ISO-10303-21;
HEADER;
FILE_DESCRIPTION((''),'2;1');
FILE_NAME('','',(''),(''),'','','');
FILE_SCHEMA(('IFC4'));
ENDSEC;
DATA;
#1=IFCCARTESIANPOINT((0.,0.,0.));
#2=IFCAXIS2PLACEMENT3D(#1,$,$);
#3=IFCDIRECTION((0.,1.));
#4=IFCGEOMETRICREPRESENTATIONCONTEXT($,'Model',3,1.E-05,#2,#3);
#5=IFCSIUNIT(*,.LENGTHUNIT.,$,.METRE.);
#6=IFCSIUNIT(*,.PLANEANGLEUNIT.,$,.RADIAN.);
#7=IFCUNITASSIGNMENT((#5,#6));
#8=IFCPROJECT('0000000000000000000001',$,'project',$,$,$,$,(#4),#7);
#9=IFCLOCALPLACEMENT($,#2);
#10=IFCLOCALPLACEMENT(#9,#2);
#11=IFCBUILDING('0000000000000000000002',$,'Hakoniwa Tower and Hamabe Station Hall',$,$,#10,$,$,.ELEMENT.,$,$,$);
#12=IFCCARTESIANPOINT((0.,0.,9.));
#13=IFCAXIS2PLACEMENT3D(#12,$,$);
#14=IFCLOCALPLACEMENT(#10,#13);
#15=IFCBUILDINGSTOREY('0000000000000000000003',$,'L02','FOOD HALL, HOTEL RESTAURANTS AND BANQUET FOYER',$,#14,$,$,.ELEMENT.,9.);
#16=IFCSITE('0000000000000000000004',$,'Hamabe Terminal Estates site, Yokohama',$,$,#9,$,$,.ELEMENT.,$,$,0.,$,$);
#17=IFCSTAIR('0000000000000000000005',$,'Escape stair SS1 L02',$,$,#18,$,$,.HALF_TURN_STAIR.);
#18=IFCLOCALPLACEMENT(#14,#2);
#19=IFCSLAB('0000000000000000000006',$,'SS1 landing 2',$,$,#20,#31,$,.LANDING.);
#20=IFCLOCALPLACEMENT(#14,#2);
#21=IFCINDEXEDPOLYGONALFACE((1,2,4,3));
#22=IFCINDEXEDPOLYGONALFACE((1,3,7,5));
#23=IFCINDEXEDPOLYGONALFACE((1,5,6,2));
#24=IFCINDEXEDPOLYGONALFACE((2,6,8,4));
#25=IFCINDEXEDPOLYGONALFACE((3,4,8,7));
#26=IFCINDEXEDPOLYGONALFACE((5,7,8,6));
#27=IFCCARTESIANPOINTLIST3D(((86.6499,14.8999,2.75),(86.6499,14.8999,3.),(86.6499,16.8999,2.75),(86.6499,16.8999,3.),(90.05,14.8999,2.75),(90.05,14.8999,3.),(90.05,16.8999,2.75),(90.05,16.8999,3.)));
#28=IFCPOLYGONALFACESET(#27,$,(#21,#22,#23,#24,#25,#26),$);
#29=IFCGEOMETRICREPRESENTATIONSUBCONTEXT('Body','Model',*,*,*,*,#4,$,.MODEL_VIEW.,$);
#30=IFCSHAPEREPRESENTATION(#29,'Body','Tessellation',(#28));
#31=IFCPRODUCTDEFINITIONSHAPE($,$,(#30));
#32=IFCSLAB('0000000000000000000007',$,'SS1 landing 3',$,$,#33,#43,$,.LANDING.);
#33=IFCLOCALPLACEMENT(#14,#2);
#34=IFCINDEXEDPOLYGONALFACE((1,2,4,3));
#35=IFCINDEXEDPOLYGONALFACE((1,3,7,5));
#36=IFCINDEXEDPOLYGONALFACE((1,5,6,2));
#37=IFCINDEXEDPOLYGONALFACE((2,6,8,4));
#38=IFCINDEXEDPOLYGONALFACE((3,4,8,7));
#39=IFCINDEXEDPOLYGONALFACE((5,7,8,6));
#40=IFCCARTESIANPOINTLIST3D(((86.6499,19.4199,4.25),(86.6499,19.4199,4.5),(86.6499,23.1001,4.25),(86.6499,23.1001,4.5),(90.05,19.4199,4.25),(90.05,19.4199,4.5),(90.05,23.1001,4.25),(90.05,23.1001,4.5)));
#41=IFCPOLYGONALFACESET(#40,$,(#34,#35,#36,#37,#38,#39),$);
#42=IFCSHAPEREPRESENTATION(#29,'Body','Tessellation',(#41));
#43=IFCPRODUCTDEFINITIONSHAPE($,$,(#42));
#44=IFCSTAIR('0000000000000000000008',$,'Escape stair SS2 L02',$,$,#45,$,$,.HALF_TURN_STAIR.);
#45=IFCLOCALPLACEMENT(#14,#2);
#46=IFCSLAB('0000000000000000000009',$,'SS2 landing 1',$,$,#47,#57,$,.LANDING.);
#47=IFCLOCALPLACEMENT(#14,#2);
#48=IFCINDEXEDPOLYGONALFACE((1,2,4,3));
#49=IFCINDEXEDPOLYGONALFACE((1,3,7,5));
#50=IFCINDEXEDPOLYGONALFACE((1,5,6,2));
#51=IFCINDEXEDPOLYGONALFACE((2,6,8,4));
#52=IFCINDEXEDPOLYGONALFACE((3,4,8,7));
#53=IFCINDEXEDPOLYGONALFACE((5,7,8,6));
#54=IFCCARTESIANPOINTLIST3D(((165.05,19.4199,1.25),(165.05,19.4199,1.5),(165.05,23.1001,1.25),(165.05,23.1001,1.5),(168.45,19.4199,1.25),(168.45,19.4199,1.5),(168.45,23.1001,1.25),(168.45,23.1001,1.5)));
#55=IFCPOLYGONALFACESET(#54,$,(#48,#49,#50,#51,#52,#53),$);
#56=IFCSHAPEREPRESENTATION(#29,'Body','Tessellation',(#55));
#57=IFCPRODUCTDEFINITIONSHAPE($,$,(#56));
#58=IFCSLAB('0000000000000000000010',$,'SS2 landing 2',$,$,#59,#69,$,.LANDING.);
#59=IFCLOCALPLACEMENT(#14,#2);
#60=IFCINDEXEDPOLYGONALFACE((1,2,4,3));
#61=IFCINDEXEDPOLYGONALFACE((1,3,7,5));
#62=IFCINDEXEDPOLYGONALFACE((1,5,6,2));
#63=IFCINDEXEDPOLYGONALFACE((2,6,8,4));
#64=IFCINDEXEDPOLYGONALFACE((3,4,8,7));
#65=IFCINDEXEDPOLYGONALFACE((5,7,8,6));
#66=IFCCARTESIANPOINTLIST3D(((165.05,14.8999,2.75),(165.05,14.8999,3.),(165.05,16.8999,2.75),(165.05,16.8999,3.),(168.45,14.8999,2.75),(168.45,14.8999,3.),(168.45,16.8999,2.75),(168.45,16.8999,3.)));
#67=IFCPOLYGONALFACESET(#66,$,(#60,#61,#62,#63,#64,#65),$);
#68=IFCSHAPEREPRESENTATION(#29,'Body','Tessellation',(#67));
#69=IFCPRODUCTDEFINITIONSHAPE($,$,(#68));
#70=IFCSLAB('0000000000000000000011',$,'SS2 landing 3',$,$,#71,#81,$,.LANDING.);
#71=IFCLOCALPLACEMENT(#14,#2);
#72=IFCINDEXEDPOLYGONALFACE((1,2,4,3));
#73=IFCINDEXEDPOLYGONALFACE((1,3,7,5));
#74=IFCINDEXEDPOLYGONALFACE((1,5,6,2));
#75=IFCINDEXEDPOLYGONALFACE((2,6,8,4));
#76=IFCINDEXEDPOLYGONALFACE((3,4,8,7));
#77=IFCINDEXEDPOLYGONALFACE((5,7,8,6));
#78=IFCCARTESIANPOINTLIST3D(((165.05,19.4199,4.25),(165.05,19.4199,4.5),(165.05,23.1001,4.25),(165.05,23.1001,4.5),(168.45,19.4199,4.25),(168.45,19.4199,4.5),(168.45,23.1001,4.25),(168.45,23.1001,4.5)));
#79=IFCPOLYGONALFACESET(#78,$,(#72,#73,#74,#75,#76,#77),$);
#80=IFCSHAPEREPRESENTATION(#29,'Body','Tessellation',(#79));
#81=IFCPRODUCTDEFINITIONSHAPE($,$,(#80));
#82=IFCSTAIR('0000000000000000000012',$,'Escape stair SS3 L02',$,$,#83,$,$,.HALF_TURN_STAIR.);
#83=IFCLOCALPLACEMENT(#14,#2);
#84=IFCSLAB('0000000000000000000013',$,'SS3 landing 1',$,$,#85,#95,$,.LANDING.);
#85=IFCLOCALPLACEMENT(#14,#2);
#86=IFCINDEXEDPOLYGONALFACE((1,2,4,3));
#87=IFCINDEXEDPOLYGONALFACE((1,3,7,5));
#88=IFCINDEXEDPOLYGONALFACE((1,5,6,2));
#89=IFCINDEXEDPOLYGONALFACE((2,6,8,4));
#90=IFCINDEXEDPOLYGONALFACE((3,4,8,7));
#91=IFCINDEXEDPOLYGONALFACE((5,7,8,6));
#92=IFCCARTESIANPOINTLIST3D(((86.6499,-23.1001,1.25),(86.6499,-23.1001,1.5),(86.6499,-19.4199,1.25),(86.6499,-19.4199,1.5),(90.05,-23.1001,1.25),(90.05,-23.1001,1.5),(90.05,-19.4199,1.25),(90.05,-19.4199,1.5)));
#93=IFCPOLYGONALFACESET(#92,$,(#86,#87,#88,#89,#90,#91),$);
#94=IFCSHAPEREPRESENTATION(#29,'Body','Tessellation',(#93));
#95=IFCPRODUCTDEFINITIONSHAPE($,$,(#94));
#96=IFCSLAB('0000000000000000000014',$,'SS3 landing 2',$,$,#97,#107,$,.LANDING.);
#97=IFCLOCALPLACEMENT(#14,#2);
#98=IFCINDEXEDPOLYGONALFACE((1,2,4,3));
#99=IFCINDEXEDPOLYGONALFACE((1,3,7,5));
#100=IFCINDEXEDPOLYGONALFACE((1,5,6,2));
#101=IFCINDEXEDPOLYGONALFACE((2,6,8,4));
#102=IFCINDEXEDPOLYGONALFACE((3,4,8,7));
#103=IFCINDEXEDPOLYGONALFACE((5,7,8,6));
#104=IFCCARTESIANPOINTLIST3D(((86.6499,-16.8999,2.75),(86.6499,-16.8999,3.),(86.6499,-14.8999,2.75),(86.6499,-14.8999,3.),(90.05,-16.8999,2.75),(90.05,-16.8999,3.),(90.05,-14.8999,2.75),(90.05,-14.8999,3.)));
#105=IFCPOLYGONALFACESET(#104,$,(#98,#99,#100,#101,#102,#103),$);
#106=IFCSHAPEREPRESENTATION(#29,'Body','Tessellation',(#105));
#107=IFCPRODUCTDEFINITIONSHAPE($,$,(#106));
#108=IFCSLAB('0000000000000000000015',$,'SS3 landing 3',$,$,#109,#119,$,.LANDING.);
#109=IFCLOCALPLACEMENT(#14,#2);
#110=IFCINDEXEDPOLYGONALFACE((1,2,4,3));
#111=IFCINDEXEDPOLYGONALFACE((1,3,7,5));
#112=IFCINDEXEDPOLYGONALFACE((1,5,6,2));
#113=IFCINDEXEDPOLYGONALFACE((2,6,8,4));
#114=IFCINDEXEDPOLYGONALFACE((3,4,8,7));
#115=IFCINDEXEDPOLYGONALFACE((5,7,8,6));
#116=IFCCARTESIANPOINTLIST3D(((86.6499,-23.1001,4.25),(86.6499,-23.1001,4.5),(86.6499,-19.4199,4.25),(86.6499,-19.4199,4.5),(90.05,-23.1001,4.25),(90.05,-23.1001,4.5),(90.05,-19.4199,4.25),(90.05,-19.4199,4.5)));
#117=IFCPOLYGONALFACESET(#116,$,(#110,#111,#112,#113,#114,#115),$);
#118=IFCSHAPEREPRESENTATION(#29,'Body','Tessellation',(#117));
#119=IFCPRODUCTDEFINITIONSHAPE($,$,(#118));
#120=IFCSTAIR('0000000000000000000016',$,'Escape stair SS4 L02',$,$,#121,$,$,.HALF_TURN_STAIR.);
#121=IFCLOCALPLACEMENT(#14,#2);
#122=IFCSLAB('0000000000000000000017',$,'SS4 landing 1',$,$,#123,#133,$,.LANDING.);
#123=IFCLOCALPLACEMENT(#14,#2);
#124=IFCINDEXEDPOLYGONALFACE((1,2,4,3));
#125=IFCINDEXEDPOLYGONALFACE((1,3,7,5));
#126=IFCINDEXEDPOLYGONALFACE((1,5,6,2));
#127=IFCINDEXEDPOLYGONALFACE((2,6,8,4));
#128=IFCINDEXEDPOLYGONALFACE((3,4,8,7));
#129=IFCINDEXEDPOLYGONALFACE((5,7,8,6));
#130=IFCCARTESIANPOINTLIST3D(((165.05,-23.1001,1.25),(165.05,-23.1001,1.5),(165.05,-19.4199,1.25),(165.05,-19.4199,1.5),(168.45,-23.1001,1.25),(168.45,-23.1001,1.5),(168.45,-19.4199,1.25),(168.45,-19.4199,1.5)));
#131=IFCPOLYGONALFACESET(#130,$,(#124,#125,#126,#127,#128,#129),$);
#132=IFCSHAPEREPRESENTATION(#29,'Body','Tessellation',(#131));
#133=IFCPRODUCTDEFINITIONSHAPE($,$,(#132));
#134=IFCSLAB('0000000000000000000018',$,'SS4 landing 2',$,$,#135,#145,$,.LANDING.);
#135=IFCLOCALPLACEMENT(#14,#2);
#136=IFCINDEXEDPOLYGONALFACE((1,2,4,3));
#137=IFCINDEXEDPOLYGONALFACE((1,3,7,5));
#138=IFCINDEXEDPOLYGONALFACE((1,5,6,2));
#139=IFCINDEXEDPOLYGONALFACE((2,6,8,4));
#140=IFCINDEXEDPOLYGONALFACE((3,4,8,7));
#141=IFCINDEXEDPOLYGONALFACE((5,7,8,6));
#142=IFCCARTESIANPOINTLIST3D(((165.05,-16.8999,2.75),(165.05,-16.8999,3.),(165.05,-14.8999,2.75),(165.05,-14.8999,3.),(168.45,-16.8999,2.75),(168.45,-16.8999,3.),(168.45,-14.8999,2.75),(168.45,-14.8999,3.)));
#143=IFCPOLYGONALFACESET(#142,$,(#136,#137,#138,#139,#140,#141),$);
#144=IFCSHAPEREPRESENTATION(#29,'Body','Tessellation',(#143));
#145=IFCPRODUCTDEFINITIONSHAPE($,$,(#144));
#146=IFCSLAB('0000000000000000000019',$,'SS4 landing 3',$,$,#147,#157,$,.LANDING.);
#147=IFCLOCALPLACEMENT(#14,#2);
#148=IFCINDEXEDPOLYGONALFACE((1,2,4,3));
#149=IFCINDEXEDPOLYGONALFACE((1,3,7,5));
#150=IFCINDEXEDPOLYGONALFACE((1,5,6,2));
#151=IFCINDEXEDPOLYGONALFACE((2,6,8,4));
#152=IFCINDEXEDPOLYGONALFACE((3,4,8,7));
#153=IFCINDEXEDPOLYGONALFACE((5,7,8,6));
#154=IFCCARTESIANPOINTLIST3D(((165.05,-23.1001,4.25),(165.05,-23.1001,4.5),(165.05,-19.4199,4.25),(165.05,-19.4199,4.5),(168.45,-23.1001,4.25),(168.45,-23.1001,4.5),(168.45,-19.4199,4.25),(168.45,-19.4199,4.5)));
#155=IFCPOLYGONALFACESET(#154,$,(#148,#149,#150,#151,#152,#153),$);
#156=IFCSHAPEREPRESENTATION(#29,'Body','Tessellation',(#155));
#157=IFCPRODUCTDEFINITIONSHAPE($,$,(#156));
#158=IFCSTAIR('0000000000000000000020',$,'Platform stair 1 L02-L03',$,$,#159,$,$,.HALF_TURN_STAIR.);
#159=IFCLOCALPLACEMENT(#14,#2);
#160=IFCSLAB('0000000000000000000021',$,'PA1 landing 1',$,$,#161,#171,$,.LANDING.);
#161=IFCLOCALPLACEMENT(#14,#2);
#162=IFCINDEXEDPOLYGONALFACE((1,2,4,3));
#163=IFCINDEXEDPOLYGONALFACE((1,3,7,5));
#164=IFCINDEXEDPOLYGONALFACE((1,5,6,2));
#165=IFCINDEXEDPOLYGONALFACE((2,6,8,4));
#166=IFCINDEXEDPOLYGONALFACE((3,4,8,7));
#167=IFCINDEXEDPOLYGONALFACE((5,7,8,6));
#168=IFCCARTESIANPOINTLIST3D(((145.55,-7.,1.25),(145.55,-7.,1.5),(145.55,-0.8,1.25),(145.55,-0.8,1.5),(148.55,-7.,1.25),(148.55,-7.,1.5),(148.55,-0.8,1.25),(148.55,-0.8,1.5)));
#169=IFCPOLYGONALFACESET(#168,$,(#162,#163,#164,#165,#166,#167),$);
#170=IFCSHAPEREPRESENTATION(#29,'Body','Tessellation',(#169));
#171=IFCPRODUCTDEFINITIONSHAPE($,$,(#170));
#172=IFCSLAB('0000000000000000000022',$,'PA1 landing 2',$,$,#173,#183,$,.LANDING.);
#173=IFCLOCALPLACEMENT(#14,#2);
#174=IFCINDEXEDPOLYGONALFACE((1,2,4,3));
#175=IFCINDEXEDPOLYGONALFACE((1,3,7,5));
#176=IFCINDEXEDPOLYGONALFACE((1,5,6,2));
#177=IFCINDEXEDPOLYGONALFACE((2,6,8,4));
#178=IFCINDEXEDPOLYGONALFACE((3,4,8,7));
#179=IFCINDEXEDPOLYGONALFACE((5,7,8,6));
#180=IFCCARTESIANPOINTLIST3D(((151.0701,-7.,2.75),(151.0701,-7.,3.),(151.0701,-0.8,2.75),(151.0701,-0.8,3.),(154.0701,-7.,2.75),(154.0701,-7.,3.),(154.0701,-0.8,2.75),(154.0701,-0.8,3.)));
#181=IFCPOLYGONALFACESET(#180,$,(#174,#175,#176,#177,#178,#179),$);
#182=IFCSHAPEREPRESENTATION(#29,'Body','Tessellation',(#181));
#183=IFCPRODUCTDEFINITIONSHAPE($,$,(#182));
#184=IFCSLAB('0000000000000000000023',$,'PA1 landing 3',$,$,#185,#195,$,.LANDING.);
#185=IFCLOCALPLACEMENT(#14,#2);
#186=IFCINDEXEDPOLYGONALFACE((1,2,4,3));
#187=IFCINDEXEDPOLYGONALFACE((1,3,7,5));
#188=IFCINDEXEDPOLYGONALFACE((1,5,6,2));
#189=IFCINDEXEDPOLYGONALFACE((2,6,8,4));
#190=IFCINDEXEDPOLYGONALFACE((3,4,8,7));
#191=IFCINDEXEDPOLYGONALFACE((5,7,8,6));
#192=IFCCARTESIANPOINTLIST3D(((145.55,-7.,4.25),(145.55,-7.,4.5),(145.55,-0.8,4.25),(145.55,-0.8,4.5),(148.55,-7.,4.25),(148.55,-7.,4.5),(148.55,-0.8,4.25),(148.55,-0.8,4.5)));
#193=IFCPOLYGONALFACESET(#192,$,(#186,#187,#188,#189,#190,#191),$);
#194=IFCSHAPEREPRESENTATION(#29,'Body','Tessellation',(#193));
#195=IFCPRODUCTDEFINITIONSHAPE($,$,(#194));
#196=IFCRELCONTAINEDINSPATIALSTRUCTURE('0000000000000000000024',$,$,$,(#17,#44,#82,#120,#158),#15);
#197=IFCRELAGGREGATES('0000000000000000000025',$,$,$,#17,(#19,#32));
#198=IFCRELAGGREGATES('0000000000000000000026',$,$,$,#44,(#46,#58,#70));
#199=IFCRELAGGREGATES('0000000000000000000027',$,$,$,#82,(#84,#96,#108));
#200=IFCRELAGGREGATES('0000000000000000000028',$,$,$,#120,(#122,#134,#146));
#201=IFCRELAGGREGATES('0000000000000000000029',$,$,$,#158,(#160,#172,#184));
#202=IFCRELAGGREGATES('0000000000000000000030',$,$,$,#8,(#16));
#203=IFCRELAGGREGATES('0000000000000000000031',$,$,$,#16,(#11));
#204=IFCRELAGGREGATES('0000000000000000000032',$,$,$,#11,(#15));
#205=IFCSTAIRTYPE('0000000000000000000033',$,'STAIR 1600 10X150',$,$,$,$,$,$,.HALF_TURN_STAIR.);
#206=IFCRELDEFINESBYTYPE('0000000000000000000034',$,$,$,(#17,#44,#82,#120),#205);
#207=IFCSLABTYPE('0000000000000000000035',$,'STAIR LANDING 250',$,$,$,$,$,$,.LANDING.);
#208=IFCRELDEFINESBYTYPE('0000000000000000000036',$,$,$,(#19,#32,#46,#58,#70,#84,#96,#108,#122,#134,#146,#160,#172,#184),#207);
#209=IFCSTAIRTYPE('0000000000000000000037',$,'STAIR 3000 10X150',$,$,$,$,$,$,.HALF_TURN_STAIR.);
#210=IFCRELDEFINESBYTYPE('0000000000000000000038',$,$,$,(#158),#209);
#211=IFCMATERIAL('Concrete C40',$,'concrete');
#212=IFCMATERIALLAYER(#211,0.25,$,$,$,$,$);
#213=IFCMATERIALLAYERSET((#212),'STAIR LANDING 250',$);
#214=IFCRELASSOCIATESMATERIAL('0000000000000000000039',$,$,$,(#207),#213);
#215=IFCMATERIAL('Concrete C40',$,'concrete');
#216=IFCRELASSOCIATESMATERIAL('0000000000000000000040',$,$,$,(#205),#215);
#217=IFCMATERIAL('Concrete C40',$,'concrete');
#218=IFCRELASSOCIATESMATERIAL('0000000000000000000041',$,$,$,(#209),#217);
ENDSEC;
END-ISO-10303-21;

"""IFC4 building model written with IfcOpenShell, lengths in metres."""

from ifc_helpers import new_model, si_unit, direction, frame, origin, place, context, subcontext, project, spatial, polyline, outline, extrude, material, layer, layer_set, type_object, element, aggregate, save


model = new_model("IFC4")

# Units and contexts
model_context = context("Model", 3, precision=1e-05, world=origin(), true_north=direction((0.0, 1.0)))
body_context = subcontext(model_context, "Body", "Model", "MODEL_VIEW")
ifc_project = project(units=[si_unit("LENGTHUNIT", "METRE"), si_unit("PLANEANGLEUNIT", "RADIAN")], contexts=[model_context])

# Site, building, storey
site_placement = place(None, origin())
site = spatial("IfcSite", under=ifc_project, at=site_placement, Name="Hamabe Terminal Estates site, Yokohama", CompositionType="ELEMENT", RefElevation=0.0)
building_placement = place(site_placement, origin())
building = spatial("IfcBuilding", under=site, at=building_placement, Name="Hakoniwa Tower and Hamabe Station Hall", CompositionType="ELEMENT")
storey_placement = place(building_placement, frame((0.0, 0.0, 9.0)))
storey = spatial("IfcBuildingStorey", under=building, at=storey_placement, Name="L02", Description="FOOD HALL, HOTEL RESTAURANTS AND BANQUET FOYER", CompositionType="ELEMENT", Elevation=9.0)

# Stairs, slabs
ifc_material_1 = material(Name="Concrete C40", Category="concrete")
ifc_layer_1 = layer(ifc_material_1, 0.25)
ifc_layer_set_1 = layer_set([ifc_layer_1], Name="STAIR LANDING 250")
slab_type = type_object("IfcSlabType", Name="STAIR LANDING 250", PredefinedType="LANDING", material=ifc_layer_set_1)
ifc_material_2 = material(Name="Concrete C40", Category="concrete")
stair_type_1 = type_object("IfcStairType", Name="STAIR 1600 10X150", PredefinedType="HALF_TURN_STAIR", material=ifc_material_2)
stair_1_placement = place(storey_placement, origin())
stair_1 = element("IfcStair", 1, at=stair_1_placement, inside=storey, type_object=stair_type_1, Name="Escape stair SS1 L02", PredefinedType="HALF_TURN_STAIR")
slab_1_placement = place(storey_placement, frame((0.0, 0.0, 2.75)))
slab_1 = element("IfcSlab", 2, at=slab_1_placement, type_object=slab_type, Name="SS1 landing 2", PredefinedType="LANDING", context=body_context, shape_type="SweptSolid", body=[
    extrude(outline(polyline([(90.05, 14.8999), (90.05, 16.8999), (86.6499, 16.8999), (86.6499, 14.8999), (90.05, 14.8999)])), origin(), (0.0, 0.0, 1.0), 0.25),
])
slab_2_placement = place(storey_placement, frame((0.0, 0.0, 4.25)))
slab_2 = element("IfcSlab", 3, at=slab_2_placement, type_object=slab_type, Name="SS1 landing 3", PredefinedType="LANDING", context=body_context, shape_type="SweptSolid", body=[
    extrude(outline(polyline([(90.05, 19.4199), (90.05, 23.1001), (86.6499, 23.1001), (86.6499, 19.4199), (90.05, 19.4199)])), origin(), (0.0, 0.0, 1.0), 0.25),
])
aggregate(stair_1, [slab_1, slab_2])
stair_2_placement = place(storey_placement, origin())
stair_2 = element("IfcStair", 4, at=stair_2_placement, inside=storey, type_object=stair_type_1, Name="Escape stair SS2 L02", PredefinedType="HALF_TURN_STAIR")
slab_3_placement = place(storey_placement, frame((0.0, 0.0, 1.25)))
slab_3 = element("IfcSlab", 5, at=slab_3_placement, type_object=slab_type, Name="SS2 landing 1", PredefinedType="LANDING", context=body_context, shape_type="SweptSolid", body=[
    extrude(outline(polyline([(168.45, 19.4199), (168.45, 23.1001), (165.05, 23.1001), (165.05, 19.4199), (168.45, 19.4199)])), origin(), (0.0, 0.0, 1.0), 0.25),
])
slab_4_placement = place(storey_placement, frame((0.0, 0.0, 2.75)))
slab_4 = element("IfcSlab", 6, at=slab_4_placement, type_object=slab_type, Name="SS2 landing 2", PredefinedType="LANDING", context=body_context, shape_type="SweptSolid", body=[
    extrude(outline(polyline([(168.45, 14.8999), (168.45, 16.8999), (165.05, 16.8999), (165.05, 14.8999), (168.45, 14.8999)])), origin(), (0.0, 0.0, 1.0), 0.25),
])
slab_5_placement = place(storey_placement, frame((0.0, 0.0, 4.25)))
slab_5 = element("IfcSlab", 7, at=slab_5_placement, type_object=slab_type, Name="SS2 landing 3", PredefinedType="LANDING", context=body_context, shape_type="SweptSolid", body=[
    extrude(outline(polyline([(168.45, 19.4199), (168.45, 23.1001), (165.05, 23.1001), (165.05, 19.4199), (168.45, 19.4199)])), origin(), (0.0, 0.0, 1.0), 0.25),
])
aggregate(stair_2, [slab_3, slab_4, slab_5])
stair_3_placement = place(storey_placement, origin())
stair_3 = element("IfcStair", 8, at=stair_3_placement, inside=storey, type_object=stair_type_1, Name="Escape stair SS3 L02", PredefinedType="HALF_TURN_STAIR")
slab_6_placement = place(storey_placement, frame((0.0, 0.0, 1.25)))
slab_6 = element("IfcSlab", 9, at=slab_6_placement, type_object=slab_type, Name="SS3 landing 1", PredefinedType="LANDING", context=body_context, shape_type="SweptSolid", body=[
    extrude(outline(polyline([(86.6499, -19.4199), (86.6499, -23.1001), (90.05, -23.1001), (90.05, -19.4199), (86.6499, -19.4199)])), origin(), (0.0, 0.0, 1.0), 0.25),
])
slab_7_placement = place(storey_placement, frame((0.0, 0.0, 2.75)))
slab_7 = element("IfcSlab", 10, at=slab_7_placement, type_object=slab_type, Name="SS3 landing 2", PredefinedType="LANDING", context=body_context, shape_type="SweptSolid", body=[
    extrude(outline(polyline([(86.6499, -14.8999), (86.6499, -16.8999), (90.05, -16.8999), (90.05, -14.8999), (86.6499, -14.8999)])), origin(), (0.0, 0.0, 1.0), 0.25),
])
slab_8_placement = place(storey_placement, frame((0.0, 0.0, 4.25)))
slab_8 = element("IfcSlab", 11, at=slab_8_placement, type_object=slab_type, Name="SS3 landing 3", PredefinedType="LANDING", context=body_context, shape_type="SweptSolid", body=[
    extrude(outline(polyline([(86.6499, -19.4199), (86.6499, -23.1001), (90.05, -23.1001), (90.05, -19.4199), (86.6499, -19.4199)])), origin(), (0.0, 0.0, 1.0), 0.25),
])
aggregate(stair_3, [slab_6, slab_7, slab_8])
stair_4_placement = place(storey_placement, origin())
stair_4 = element("IfcStair", 12, at=stair_4_placement, inside=storey, type_object=stair_type_1, Name="Escape stair SS4 L02", PredefinedType="HALF_TURN_STAIR")
slab_9_placement = place(storey_placement, frame((0.0, 0.0, 1.25)))
slab_9 = element("IfcSlab", 13, at=slab_9_placement, type_object=slab_type, Name="SS4 landing 1", PredefinedType="LANDING", context=body_context, shape_type="SweptSolid", body=[
    extrude(outline(polyline([(165.05, -19.4199), (165.05, -23.1001), (168.45, -23.1001), (168.45, -19.4199), (165.05, -19.4199)])), origin(), (0.0, 0.0, 1.0), 0.25),
])
slab_10_placement = place(storey_placement, frame((0.0, 0.0, 2.75)))
slab_10 = element("IfcSlab", 14, at=slab_10_placement, type_object=slab_type, Name="SS4 landing 2", PredefinedType="LANDING", context=body_context, shape_type="SweptSolid", body=[
    extrude(outline(polyline([(165.05, -14.8999), (165.05, -16.8999), (168.45, -16.8999), (168.45, -14.8999), (165.05, -14.8999)])), origin(), (0.0, 0.0, 1.0), 0.25),
])
slab_11_placement = place(storey_placement, frame((0.0, 0.0, 4.25)))
slab_11 = element("IfcSlab", 15, at=slab_11_placement, type_object=slab_type, Name="SS4 landing 3", PredefinedType="LANDING", context=body_context, shape_type="SweptSolid", body=[
    extrude(outline(polyline([(165.05, -19.4199), (165.05, -23.1001), (168.45, -23.1001), (168.45, -19.4199), (165.05, -19.4199)])), origin(), (0.0, 0.0, 1.0), 0.25),
])
aggregate(stair_4, [slab_9, slab_10, slab_11])
ifc_material_3 = material(Name="Concrete C40", Category="concrete")
stair_type_2 = type_object("IfcStairType", Name="STAIR 3000 10X150", PredefinedType="HALF_TURN_STAIR", material=ifc_material_3)
stair_5_placement = place(storey_placement, origin())
stair_5 = element("IfcStair", 16, at=stair_5_placement, inside=storey, type_object=stair_type_2, Name="Platform stair 1 L02-L03", PredefinedType="HALF_TURN_STAIR")
slab_12_placement = place(storey_placement, frame((0.0, 0.0, 1.25)))
slab_12 = element("IfcSlab", 17, at=slab_12_placement, type_object=slab_type, Name="PA1 landing 1", PredefinedType="LANDING", context=body_context, shape_type="SweptSolid", body=[
    extrude(outline(polyline([(148.55, -0.8), (145.55, -0.8), (145.55, -7.0), (148.55, -7.0), (148.55, -0.8)])), origin(), (0.0, 0.0, 1.0), 0.25),
])
slab_13_placement = place(storey_placement, frame((0.0, 0.0, 2.75)))
slab_13 = element("IfcSlab", 18, at=slab_13_placement, type_object=slab_type, Name="PA1 landing 2", PredefinedType="LANDING", context=body_context, shape_type="SweptSolid", body=[
    extrude(outline(polyline([(154.0701, -0.8), (151.0701, -0.8), (151.0701, -7.0), (154.0701, -7.0), (154.0701, -0.8)])), origin(), (0.0, 0.0, 1.0), 0.25),
])
slab_14_placement = place(storey_placement, frame((0.0, 0.0, 4.25)))
slab_14 = element("IfcSlab", 19, at=slab_14_placement, type_object=slab_type, Name="PA1 landing 3", PredefinedType="LANDING", context=body_context, shape_type="SweptSolid", body=[
    extrude(outline(polyline([(148.55, -0.8), (145.55, -0.8), (145.55, -7.0), (148.55, -7.0), (148.55, -0.8)])), origin(), (0.0, 0.0, 1.0), 0.25),
])
aggregate(stair_5, [slab_12, slab_13, slab_14])

save(model, "model.ifc")
